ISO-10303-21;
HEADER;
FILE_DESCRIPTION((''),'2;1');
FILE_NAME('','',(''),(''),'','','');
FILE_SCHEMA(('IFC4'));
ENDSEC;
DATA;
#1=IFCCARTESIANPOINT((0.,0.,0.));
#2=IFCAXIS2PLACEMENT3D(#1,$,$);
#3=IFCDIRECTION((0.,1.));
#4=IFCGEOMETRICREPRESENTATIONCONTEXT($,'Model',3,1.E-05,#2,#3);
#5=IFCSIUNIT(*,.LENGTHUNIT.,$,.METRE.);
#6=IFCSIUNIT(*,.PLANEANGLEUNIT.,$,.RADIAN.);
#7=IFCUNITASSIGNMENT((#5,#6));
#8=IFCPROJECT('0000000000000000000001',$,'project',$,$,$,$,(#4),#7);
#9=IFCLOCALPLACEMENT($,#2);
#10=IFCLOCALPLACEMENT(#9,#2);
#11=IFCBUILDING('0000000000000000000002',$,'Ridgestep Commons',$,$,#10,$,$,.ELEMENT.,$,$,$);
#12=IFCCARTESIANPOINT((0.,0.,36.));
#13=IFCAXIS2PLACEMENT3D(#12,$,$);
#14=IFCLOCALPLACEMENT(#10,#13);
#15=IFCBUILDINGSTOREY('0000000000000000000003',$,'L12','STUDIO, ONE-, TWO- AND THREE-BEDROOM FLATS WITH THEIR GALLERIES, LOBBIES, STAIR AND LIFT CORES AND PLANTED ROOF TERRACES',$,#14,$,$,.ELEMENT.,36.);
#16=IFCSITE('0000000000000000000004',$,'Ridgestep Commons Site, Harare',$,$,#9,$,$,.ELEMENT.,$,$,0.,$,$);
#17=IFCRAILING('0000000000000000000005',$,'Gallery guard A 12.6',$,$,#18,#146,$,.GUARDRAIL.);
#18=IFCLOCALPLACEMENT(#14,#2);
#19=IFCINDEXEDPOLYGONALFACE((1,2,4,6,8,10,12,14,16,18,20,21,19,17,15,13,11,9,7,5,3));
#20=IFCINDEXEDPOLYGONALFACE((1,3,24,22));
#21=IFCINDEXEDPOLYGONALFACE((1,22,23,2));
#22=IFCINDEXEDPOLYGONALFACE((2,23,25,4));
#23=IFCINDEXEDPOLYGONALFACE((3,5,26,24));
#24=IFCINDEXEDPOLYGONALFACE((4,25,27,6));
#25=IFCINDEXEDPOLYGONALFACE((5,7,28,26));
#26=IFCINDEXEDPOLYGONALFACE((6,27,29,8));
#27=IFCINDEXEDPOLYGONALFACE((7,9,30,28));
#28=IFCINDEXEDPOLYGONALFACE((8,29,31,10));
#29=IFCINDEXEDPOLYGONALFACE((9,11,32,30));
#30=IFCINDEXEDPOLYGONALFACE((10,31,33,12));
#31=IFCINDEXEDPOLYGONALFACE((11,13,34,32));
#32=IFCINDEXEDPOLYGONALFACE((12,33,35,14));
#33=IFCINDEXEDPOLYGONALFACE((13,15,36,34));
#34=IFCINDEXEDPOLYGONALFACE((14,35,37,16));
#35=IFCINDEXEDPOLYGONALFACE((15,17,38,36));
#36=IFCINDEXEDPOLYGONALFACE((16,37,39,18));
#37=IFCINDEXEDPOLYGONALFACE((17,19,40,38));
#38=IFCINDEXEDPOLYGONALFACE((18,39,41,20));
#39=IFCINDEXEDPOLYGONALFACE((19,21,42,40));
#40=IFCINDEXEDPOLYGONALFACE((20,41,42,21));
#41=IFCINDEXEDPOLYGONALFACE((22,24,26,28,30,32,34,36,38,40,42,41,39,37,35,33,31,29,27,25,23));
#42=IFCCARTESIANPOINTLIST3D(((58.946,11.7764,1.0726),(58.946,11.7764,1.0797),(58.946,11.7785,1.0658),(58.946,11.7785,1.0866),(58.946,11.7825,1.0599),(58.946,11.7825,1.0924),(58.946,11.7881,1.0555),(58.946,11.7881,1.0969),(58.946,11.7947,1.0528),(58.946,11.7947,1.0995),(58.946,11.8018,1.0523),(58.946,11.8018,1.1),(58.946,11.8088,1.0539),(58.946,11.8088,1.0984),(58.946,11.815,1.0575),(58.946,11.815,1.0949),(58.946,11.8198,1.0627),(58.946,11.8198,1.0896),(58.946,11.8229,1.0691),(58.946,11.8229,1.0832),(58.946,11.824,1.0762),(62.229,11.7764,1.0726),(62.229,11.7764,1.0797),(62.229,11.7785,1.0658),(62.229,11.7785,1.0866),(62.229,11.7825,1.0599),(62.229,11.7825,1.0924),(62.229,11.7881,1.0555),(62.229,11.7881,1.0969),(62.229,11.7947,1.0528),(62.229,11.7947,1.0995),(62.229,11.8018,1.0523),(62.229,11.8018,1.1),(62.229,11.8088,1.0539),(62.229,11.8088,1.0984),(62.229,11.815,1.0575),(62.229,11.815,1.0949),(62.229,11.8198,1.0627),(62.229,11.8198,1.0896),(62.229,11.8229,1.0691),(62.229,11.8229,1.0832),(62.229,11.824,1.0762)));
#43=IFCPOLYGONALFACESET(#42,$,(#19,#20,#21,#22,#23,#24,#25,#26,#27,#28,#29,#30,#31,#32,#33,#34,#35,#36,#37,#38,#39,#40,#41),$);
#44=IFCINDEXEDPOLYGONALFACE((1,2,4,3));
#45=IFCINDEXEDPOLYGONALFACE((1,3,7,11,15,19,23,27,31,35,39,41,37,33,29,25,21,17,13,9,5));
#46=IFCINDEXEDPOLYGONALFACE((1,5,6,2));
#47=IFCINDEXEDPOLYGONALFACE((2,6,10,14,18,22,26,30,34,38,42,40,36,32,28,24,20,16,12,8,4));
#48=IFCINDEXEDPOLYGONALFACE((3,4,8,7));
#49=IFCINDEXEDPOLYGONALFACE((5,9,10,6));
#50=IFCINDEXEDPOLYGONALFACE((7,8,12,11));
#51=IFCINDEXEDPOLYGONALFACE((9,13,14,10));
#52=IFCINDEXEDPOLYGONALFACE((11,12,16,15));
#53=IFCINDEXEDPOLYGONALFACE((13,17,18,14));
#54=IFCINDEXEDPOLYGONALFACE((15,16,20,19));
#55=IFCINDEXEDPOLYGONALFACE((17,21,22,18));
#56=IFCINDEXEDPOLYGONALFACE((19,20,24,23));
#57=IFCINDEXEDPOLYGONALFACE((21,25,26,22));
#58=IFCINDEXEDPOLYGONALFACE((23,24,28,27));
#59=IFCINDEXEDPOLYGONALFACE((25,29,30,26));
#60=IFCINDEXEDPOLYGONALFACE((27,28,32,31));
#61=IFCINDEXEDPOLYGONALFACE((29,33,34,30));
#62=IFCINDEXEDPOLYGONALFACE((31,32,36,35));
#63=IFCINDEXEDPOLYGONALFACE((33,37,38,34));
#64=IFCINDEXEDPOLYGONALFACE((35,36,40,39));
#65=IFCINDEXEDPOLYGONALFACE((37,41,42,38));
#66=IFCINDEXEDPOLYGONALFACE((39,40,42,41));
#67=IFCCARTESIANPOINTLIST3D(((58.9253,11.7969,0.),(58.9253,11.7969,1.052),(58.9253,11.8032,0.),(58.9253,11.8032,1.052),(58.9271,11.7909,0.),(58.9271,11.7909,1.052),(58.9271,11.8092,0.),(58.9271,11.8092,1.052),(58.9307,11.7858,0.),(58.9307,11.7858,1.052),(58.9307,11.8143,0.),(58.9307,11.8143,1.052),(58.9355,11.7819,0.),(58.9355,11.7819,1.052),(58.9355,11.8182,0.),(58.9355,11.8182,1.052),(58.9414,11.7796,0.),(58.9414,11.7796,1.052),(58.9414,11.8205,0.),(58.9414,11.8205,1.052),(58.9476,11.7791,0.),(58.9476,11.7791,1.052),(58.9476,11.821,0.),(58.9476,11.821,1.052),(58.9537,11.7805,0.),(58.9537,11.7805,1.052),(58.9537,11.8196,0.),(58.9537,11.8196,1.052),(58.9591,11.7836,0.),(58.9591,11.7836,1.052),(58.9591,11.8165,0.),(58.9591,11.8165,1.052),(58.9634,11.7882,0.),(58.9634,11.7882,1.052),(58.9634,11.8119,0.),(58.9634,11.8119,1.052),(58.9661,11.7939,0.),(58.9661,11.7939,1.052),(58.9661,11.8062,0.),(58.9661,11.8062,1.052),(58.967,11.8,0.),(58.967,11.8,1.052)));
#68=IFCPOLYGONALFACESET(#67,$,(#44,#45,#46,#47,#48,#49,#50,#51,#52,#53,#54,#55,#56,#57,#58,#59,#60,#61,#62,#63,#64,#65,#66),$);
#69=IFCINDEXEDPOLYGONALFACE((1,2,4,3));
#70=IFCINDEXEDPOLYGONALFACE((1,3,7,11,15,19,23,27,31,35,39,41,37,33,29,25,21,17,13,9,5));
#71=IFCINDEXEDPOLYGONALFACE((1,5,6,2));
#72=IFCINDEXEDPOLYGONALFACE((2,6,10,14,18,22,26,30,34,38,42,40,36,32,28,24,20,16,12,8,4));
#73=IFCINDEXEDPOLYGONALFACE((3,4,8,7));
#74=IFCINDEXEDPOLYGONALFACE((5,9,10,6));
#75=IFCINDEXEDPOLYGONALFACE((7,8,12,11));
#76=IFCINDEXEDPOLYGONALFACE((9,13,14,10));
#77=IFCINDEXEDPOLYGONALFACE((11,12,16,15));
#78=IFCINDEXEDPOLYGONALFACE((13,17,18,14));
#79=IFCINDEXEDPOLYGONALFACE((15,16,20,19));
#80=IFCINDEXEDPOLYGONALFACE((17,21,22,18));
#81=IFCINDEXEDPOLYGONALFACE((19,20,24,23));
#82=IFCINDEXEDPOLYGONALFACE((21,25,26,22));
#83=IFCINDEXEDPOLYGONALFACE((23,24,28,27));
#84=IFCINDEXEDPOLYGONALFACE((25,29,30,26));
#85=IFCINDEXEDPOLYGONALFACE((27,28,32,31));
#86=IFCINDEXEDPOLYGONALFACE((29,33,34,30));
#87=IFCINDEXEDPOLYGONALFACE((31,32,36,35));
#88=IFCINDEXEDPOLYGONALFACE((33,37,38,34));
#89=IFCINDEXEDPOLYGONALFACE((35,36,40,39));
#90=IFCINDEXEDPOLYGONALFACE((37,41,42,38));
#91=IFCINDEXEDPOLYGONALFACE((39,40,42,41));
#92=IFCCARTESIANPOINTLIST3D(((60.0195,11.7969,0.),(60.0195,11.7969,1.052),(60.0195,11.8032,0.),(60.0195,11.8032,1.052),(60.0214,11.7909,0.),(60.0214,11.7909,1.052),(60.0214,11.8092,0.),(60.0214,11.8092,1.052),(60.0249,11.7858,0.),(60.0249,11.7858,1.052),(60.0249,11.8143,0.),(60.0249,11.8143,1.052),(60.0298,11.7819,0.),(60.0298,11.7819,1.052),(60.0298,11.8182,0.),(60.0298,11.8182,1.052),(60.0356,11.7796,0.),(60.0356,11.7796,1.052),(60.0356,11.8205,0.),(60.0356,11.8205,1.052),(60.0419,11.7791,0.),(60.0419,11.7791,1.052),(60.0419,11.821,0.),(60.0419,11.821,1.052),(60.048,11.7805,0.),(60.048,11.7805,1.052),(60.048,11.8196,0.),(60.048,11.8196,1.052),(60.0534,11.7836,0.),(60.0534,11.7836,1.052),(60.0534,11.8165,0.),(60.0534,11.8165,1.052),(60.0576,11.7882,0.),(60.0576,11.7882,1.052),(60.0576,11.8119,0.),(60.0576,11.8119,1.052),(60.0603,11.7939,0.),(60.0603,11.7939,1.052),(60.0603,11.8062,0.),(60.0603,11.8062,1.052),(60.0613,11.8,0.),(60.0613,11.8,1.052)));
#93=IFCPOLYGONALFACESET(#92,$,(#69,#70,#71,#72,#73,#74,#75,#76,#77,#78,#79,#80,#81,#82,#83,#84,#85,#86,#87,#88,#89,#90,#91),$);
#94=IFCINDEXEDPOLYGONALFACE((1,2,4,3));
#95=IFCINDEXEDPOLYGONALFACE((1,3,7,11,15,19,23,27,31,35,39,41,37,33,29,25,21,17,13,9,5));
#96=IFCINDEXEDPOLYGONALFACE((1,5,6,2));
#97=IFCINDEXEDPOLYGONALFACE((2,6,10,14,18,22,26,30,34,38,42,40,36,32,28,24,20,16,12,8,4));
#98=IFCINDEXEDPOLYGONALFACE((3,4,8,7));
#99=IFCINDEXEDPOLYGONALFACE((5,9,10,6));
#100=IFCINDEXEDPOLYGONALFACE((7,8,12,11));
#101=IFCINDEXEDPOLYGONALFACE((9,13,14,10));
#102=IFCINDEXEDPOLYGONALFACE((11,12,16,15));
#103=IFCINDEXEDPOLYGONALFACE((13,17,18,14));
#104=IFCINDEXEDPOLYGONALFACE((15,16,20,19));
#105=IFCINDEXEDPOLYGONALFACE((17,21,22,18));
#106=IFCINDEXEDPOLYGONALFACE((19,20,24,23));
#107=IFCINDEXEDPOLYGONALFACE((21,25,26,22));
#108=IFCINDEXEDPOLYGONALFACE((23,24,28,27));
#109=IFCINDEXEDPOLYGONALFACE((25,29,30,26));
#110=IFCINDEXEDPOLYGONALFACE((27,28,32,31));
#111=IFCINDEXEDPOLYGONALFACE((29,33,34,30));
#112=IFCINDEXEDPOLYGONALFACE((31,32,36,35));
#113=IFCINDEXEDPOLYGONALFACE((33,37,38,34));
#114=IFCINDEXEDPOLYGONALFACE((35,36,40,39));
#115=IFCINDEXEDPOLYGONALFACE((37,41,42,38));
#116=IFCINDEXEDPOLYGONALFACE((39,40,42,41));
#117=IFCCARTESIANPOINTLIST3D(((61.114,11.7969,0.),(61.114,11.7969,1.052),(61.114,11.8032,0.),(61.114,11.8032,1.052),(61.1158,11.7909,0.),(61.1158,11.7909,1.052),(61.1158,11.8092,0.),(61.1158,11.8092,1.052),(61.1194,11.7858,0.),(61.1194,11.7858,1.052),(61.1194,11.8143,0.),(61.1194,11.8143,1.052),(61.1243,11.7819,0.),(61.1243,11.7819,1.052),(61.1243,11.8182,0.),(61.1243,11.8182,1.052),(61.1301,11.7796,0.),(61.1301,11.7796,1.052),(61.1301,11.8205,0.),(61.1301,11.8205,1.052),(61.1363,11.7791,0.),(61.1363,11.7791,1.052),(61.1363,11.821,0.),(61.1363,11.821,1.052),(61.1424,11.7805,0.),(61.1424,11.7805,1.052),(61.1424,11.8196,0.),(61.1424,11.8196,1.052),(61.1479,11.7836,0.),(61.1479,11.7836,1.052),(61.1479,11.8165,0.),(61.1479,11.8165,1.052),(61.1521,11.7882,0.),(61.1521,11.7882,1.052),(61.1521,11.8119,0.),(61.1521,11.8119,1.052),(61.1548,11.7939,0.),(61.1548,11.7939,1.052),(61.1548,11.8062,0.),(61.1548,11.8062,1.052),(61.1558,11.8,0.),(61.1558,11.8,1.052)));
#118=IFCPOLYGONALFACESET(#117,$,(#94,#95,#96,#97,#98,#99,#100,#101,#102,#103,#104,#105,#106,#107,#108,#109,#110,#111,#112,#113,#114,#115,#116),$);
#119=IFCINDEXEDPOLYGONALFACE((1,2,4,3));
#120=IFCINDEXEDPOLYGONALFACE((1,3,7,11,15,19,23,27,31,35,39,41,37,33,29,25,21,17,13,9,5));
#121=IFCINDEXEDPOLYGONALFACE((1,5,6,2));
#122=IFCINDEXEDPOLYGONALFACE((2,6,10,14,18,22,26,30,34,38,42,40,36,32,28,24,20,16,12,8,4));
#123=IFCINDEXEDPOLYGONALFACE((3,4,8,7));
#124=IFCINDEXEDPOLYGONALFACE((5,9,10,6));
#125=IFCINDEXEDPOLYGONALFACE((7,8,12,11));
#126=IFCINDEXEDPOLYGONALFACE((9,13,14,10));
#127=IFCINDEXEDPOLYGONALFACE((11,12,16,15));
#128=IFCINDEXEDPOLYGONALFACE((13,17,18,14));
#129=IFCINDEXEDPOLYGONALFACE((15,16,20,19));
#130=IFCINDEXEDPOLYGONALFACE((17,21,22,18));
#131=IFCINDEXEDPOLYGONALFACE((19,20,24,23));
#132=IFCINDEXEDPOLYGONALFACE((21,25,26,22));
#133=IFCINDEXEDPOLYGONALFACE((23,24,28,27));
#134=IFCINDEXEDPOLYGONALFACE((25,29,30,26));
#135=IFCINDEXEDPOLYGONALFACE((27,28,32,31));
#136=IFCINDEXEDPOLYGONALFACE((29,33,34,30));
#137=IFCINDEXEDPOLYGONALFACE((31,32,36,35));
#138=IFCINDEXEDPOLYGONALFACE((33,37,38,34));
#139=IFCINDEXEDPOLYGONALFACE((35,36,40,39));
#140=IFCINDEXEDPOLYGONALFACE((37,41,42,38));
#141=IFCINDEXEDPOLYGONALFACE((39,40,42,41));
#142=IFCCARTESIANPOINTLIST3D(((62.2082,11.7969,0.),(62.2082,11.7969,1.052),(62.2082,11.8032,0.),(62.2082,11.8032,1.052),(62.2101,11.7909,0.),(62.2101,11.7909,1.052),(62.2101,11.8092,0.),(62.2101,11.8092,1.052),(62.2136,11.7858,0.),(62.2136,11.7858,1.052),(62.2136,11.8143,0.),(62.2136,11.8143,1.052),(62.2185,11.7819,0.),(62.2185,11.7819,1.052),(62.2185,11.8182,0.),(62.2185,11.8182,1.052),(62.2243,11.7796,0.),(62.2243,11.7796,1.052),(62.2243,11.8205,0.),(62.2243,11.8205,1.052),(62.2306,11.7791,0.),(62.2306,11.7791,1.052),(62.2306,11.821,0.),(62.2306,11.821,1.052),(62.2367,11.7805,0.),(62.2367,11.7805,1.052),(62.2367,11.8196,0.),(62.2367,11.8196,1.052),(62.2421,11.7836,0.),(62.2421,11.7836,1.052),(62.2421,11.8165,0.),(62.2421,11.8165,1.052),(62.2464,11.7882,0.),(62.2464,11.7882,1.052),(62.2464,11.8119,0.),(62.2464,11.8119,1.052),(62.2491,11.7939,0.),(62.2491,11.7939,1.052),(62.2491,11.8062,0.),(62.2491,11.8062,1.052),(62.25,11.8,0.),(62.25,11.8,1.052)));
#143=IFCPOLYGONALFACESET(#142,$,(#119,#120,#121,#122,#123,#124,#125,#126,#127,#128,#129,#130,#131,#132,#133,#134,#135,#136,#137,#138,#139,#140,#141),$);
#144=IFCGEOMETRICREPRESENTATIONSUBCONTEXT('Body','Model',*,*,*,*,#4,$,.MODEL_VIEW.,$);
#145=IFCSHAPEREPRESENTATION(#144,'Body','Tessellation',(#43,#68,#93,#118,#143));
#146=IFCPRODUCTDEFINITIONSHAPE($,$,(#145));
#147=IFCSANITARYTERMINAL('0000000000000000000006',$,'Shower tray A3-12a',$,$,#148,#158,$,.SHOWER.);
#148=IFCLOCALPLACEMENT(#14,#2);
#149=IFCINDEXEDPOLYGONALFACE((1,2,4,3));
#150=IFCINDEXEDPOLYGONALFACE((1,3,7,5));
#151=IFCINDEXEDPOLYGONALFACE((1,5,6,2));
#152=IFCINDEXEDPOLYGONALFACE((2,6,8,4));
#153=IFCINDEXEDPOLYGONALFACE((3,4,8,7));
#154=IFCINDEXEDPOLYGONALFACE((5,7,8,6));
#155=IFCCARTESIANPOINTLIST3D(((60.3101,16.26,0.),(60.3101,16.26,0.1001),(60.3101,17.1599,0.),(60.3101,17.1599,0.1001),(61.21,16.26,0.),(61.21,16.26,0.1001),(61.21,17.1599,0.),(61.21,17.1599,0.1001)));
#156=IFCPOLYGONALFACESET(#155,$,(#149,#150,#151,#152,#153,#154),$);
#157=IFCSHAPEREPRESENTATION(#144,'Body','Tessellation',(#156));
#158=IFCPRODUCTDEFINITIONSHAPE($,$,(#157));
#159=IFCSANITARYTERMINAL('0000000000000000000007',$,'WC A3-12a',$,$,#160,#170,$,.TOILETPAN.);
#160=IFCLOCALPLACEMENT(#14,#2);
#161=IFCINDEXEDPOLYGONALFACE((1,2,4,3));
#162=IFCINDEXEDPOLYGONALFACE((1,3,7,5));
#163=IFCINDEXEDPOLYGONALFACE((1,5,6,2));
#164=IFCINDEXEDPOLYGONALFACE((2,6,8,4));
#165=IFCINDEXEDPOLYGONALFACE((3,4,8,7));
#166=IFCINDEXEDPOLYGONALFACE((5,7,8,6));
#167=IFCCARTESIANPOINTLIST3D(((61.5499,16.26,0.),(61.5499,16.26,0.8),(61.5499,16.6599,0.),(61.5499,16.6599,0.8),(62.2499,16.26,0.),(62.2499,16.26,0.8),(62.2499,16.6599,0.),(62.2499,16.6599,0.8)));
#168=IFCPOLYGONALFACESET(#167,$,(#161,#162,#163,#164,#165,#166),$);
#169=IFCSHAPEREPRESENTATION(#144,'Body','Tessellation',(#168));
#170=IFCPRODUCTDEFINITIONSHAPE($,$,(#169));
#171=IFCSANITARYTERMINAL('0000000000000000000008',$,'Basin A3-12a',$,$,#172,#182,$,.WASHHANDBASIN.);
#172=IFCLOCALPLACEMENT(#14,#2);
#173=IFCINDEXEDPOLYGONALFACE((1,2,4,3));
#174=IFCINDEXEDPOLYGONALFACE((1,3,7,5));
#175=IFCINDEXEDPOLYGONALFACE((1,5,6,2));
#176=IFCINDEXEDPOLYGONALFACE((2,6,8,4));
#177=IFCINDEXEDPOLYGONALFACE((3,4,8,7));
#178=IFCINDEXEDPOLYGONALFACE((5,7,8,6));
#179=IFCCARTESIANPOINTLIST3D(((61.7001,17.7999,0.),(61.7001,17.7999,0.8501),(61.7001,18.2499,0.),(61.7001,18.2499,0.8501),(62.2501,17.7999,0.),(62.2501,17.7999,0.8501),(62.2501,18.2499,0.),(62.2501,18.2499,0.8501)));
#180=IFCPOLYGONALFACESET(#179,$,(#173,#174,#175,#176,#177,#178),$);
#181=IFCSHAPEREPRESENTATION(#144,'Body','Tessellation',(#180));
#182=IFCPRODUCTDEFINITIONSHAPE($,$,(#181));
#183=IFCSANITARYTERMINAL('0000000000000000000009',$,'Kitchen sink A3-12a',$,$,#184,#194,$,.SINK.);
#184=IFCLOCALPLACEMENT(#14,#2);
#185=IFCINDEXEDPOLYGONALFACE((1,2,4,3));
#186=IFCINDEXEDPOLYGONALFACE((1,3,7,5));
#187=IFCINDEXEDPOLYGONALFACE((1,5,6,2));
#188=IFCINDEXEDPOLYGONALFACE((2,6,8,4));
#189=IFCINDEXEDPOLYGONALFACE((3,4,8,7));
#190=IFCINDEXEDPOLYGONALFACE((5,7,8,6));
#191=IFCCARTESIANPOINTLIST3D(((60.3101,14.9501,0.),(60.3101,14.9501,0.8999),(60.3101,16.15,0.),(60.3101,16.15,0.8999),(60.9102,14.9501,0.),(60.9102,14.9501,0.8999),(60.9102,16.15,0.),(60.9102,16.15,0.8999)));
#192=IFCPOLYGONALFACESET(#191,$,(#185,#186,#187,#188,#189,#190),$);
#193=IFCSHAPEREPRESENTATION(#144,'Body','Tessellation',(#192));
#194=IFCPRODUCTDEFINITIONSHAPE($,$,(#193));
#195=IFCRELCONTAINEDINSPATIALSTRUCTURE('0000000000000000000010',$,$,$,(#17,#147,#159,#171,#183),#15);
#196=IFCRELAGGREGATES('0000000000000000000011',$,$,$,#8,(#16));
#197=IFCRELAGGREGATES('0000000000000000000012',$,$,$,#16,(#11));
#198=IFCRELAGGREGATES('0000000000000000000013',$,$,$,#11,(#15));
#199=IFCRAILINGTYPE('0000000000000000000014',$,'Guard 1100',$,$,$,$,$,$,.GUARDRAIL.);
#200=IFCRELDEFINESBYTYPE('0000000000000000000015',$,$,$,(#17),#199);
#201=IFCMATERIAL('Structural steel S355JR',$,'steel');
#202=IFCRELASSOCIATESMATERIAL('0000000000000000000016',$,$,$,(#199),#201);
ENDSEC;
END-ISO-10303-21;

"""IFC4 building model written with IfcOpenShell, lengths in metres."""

from ifc_helpers import new_model, si_unit, direction, frame, origin, origin_2d, place, context, subcontext, project, spatial, rectangle, circle, extrude, material, type_object, element, save


model = new_model("IFC4")

# Units and contexts
model_context = context("Model", 3, precision=1e-05, world=origin(), true_north=direction((0.0, 1.0)))
body_context = subcontext(model_context, "Body", "Model", "MODEL_VIEW")
ifc_project = project(units=[si_unit("LENGTHUNIT", "METRE"), si_unit("PLANEANGLEUNIT", "RADIAN")], contexts=[model_context])

# Site, building, storey
site_placement = place(None, origin())
site = spatial("IfcSite", under=ifc_project, at=site_placement, Name="Ridgestep Commons Site, Harare", CompositionType="ELEMENT", RefElevation=0.0)
building_placement = place(site_placement, origin())
building = spatial("IfcBuilding", under=site, at=building_placement, Name="Ridgestep Commons", CompositionType="ELEMENT")
storey_placement = place(building_placement, frame((0.0, 0.0, 36.0)))
storey = spatial("IfcBuildingStorey", under=building, at=storey_placement, Name="L12", Description="STUDIO, ONE-, TWO- AND THREE-BEDROOM FLATS WITH THEIR GALLERIES, LOBBIES, STAIR AND LIFT CORES AND PLANTED ROOF TERRACES", CompositionType="ELEMENT", Elevation=36.0)

# Railing
ifc_material_1 = material(Name="Structural steel S355JR", Category="steel")
railing_type = type_object("IfcRailingType", Name="Guard 1100", PredefinedType="GUARDRAIL", material=ifc_material_1)
railing_1_placement = place(storey_placement, frame((58.946, 11.8, 0.0)))
element("IfcRailing", 1, at=railing_1_placement, inside=storey, type_object=railing_type, Name="Gallery guard A 12.6", PredefinedType="GUARDRAIL", context=body_context, shape_type="SweptSolid", body=[
    extrude(circle(Radius=0.0239, at=origin_2d()), frame((0.0, 0.0, 1.0762), z_axis=(1.0, 0.0, 0.0), x_axis=(0.0, 1.0, 0.0)), (0.0, 0.0, 1.0), 3.283),
    extrude(circle(Radius=0.021, at=origin_2d()), origin(), (0.0, 0.0, 1.0), 1.052),
    extrude(circle(Radius=0.021, at=origin_2d()), frame((1.0942, 0.0, 0.0)), (0.0, 0.0, 1.0), 1.052),
    extrude(circle(Radius=0.021, at=origin_2d()), frame((2.1887, 0.0, 0.0)), (0.0, 0.0, 1.0), 1.052),
    extrude(circle(Radius=0.021, at=origin_2d()), frame((3.283, 0.0, 0.0)), (0.0, 0.0, 1.0), 1.052),
])

# Sanitary terminals
sanitary_terminal_1_placement = place(storey_placement, frame((60.76, 16.71, 0.0), z_axis=(0.0, 0.0, 1.0), x_axis=(1.0, 0.0, 0.0)))
element("IfcSanitaryTerminal", 2, at=sanitary_terminal_1_placement, inside=storey, Name="Shower tray A3-12a", PredefinedType="SHOWER", context=body_context, shape_type="SweptSolid", body=[
    extrude(rectangle(XDim=0.8999, YDim=0.8999, at=origin_2d()), origin(), (0.0, 0.0, 1.0), 0.1001),
])
sanitary_terminal_2_placement = place(storey_placement, frame((61.8999, 16.46, 0.0), z_axis=(0.0, 0.0, 1.0), x_axis=(1.0, 0.0, 0.0)))
element("IfcSanitaryTerminal", 3, at=sanitary_terminal_2_placement, inside=storey, Name="WC A3-12a", PredefinedType="TOILETPAN", context=body_context, shape_type="SweptSolid", body=[
    extrude(rectangle(XDim=0.7, YDim=0.3999, at=origin_2d()), origin(), (0.0, 0.0, 1.0), 0.8),
])
sanitary_terminal_3_placement = place(storey_placement, frame((61.9751, 18.0249, 0.0), z_axis=(0.0, 0.0, 1.0), x_axis=(1.0, 0.0, 0.0)))
element("IfcSanitaryTerminal", 4, at=sanitary_terminal_3_placement, inside=storey, Name="Basin A3-12a", PredefinedType="WASHHANDBASIN", context=body_context, shape_type="SweptSolid", body=[
    extrude(rectangle(XDim=0.55, YDim=0.45, at=origin_2d()), origin(), (0.0, 0.0, 1.0), 0.8501),
])
sanitary_terminal_4_placement = place(storey_placement, frame((60.6101, 15.55, 0.0), z_axis=(0.0, 0.0, 1.0), x_axis=(1.0, 0.0, 0.0)))
element("IfcSanitaryTerminal", 5, at=sanitary_terminal_4_placement, inside=storey, Name="Kitchen sink A3-12a", PredefinedType="SINK", context=body_context, shape_type="SweptSolid", body=[
    extrude(rectangle(XDim=0.6001, YDim=1.2, at=origin_2d()), origin(), (0.0, 0.0, 1.0), 0.8999),
])

save(model, "model.ifc")
